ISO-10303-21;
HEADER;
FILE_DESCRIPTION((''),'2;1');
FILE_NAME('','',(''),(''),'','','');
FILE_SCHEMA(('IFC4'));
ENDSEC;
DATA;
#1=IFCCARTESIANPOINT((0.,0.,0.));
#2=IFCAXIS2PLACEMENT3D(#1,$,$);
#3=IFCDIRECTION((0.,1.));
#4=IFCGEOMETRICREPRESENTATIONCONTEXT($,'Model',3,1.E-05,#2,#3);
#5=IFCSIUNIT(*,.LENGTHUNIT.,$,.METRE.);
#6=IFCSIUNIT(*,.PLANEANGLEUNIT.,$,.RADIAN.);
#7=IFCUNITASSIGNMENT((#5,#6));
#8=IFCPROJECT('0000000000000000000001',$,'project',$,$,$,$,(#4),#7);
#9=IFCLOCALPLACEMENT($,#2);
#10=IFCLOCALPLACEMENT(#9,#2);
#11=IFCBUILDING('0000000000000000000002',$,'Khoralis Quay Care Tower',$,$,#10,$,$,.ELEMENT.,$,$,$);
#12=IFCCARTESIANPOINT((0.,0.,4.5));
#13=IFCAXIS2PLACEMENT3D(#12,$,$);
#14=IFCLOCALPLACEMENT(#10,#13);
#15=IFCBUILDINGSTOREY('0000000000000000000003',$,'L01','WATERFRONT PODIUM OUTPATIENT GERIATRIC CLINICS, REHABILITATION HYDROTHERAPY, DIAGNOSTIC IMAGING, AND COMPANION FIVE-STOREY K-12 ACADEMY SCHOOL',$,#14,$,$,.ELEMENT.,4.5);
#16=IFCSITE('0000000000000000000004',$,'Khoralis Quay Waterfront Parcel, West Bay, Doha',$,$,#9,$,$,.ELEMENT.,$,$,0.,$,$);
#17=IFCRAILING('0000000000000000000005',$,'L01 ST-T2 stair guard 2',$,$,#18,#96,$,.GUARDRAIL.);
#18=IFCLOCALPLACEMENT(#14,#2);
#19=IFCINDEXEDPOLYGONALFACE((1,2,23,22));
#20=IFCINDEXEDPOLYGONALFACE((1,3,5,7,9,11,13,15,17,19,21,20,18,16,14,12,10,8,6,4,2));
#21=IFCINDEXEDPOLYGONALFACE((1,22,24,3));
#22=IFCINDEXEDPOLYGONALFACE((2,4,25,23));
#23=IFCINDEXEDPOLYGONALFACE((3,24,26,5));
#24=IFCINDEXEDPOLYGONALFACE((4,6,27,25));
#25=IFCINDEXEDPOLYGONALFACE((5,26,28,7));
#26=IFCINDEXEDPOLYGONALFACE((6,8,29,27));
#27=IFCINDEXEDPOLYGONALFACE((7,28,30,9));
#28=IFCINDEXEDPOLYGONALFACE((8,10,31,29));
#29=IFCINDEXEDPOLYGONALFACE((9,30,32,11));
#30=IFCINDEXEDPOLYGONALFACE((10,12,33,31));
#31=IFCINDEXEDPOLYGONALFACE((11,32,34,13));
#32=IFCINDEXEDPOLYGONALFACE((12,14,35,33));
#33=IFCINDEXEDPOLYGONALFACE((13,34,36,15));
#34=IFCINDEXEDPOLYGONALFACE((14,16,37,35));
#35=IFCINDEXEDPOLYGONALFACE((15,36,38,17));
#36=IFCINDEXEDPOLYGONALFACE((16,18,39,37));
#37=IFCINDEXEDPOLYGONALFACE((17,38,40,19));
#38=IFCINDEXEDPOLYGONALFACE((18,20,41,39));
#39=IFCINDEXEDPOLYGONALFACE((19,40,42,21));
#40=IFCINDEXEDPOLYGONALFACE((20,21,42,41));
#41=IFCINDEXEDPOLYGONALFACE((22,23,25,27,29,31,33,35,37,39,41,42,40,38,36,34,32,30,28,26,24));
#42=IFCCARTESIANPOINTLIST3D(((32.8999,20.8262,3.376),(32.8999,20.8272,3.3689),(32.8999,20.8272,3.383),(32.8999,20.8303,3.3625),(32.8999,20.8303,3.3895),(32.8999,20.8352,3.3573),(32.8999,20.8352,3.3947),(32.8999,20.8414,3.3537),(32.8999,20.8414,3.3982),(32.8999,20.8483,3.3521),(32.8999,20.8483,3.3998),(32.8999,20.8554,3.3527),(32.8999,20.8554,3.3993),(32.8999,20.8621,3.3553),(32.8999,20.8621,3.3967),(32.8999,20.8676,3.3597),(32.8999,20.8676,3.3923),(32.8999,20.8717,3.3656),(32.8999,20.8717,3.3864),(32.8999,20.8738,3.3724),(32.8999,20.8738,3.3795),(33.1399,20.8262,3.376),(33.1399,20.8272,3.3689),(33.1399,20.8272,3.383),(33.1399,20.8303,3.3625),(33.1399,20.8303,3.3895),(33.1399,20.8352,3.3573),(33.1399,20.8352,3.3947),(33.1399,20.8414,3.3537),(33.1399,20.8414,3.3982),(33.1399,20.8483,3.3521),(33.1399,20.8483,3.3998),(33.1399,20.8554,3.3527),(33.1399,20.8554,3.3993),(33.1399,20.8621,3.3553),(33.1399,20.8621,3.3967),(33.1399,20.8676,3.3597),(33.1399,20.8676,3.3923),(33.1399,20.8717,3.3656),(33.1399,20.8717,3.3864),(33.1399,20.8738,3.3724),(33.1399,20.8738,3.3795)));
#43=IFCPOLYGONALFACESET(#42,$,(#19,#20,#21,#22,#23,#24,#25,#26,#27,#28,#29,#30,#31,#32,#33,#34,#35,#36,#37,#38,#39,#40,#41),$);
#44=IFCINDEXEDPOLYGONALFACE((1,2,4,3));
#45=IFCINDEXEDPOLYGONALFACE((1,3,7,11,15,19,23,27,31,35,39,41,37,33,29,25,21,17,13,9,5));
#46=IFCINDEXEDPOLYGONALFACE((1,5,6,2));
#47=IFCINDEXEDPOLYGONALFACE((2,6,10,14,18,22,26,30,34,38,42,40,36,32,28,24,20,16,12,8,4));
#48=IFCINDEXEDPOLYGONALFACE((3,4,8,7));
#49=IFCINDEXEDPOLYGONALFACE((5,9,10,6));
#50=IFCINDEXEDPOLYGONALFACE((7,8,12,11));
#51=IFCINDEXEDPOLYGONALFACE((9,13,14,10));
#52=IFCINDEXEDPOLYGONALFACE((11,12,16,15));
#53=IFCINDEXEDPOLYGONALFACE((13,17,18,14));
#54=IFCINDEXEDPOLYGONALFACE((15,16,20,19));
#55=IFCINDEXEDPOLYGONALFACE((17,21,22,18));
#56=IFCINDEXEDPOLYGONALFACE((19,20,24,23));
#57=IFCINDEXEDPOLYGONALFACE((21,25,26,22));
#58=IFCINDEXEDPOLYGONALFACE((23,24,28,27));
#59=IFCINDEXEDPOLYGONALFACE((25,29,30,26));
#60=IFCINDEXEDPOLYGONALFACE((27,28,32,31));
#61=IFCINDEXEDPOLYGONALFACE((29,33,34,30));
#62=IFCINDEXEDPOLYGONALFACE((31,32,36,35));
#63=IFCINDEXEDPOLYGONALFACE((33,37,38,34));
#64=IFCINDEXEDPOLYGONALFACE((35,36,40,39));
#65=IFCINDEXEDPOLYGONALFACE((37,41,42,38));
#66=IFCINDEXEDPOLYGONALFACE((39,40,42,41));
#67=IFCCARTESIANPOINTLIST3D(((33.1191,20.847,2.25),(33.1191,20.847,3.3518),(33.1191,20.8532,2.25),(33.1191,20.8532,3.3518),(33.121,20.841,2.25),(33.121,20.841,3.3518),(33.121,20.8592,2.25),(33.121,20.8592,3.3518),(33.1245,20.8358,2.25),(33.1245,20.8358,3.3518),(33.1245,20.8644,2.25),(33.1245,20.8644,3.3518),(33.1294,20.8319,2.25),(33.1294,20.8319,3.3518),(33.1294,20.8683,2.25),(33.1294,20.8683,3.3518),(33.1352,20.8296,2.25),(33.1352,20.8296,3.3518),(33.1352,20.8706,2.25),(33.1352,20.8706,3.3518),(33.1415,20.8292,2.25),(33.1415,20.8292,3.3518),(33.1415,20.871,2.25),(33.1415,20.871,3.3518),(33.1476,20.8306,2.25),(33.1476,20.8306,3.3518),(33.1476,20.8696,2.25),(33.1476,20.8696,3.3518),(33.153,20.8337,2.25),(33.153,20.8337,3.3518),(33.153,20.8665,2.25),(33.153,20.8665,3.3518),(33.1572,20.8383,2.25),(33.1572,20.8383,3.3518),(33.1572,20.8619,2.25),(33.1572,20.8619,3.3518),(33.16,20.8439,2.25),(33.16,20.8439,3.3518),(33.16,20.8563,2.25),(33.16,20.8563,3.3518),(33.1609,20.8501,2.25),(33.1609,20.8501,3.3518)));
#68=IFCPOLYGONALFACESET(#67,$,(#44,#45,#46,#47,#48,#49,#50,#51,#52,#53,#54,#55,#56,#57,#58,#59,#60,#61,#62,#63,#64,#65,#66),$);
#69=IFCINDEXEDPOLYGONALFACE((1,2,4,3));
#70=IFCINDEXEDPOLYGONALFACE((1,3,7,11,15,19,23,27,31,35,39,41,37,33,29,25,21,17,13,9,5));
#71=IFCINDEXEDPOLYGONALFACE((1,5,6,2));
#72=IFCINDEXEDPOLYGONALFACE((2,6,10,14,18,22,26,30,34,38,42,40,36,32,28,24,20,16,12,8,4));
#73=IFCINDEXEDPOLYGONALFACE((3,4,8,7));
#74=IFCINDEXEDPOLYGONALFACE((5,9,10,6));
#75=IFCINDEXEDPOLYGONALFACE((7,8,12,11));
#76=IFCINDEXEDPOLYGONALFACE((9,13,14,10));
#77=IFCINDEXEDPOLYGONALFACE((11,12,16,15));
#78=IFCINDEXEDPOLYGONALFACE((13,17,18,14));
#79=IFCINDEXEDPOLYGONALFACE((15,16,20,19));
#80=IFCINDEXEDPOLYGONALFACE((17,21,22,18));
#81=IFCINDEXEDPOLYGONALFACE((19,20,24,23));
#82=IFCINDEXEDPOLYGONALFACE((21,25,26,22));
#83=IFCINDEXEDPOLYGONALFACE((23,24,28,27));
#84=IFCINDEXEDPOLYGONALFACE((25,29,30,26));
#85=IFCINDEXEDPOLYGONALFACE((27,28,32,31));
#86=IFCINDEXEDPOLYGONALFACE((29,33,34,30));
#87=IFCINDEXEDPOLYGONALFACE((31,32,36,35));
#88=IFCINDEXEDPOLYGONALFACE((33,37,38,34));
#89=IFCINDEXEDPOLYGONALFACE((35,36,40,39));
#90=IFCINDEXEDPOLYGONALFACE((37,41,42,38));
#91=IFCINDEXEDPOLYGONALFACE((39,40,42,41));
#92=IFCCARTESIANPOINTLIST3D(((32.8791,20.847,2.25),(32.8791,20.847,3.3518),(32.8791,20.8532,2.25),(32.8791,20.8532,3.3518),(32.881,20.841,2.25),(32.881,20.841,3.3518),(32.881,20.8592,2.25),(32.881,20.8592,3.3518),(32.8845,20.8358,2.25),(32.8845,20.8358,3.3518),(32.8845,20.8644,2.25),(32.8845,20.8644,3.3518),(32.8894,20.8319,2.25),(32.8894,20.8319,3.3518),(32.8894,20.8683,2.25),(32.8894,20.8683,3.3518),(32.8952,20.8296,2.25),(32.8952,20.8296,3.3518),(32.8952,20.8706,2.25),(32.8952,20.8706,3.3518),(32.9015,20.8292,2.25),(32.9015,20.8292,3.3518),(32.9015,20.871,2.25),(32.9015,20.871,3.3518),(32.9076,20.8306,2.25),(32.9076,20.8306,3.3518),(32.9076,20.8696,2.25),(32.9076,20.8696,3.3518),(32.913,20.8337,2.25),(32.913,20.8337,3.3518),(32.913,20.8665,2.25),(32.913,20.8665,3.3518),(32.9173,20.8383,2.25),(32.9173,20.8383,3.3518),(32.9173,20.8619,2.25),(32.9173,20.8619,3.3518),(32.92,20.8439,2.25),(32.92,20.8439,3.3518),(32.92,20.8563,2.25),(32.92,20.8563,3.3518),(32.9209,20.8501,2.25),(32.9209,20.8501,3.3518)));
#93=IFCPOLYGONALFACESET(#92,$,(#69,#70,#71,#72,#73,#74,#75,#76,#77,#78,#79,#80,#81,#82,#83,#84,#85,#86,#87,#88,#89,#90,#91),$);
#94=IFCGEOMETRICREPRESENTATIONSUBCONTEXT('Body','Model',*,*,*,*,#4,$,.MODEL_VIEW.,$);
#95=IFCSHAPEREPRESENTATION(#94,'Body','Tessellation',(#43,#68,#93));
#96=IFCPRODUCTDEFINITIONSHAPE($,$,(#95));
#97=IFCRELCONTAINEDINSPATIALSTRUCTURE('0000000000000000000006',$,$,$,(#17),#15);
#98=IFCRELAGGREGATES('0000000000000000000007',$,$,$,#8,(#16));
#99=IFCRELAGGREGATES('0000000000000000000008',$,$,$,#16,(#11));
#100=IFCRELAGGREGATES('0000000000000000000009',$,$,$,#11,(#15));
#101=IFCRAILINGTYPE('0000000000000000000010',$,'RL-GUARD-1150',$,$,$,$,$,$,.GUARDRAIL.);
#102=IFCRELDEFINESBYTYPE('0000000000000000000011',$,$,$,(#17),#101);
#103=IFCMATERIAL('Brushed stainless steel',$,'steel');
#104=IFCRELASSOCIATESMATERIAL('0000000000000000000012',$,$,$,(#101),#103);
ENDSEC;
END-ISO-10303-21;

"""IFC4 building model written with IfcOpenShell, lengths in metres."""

from ifc_helpers import new_model, si_unit, direction, frame, origin, origin_2d, place, context, subcontext, project, spatial, circle, extrude, material, type_object, element, save


model = new_model("IFC4")

# Units and contexts
model_context = context("Model", 3, precision=1e-05, world=origin(), true_north=direction((0.0, 1.0)))
body_context = subcontext(model_context, "Body", "Model", "MODEL_VIEW")
ifc_project = project(units=[si_unit("LENGTHUNIT", "METRE"), si_unit("PLANEANGLEUNIT", "RADIAN")], contexts=[model_context])

# Site, building, storey
site_placement = place(None, origin())
site = spatial("IfcSite", under=ifc_project, at=site_placement, Name="Khoralis Quay Waterfront Parcel, West Bay, Doha", CompositionType="ELEMENT", RefElevation=0.0)
building_placement = place(site_placement, origin())
building = spatial("IfcBuilding", under=site, at=building_placement, Name="Khoralis Quay Care Tower", CompositionType="ELEMENT")
storey_placement = place(building_placement, frame((0.0, 0.0, 4.5)))
storey = spatial("IfcBuildingStorey", under=building, at=storey_placement, Name="L01", Description="WATERFRONT PODIUM OUTPATIENT GERIATRIC CLINICS, REHABILITATION HYDROTHERAPY, DIAGNOSTIC IMAGING, AND COMPANION FIVE-STOREY K-12 ACADEMY SCHOOL", CompositionType="ELEMENT", Elevation=4.5)

# Shared definitions
ifc_material_1 = material(Name="Brushed stainless steel", Category="steel")

# Railing
railing_type_1 = type_object("IfcRailingType", Name="RL-GUARD-1150", PredefinedType="GUARDRAIL", material=ifc_material_1)
railing_1_placement = place(storey_placement, frame((33.1399, 20.8501, 2.25)))
element("IfcRailing", 1, at=railing_1_placement, inside=storey, type_object=railing_type_1, Name="L01 ST-T2 stair guard 2", PredefinedType="GUARDRAIL", context=body_context, shape_type="SweptSolid", body=[
    extrude(circle(Radius=0.0239, at=origin_2d()), frame((0.0, 0.0, 1.126), z_axis=(-1.0, 0.0, 0.0), x_axis=(0.0, -1.0, 0.0)), (0.0, 0.0, 1.0), 0.24),
    extrude(circle(Radius=0.021, at=origin_2d()), origin(), (0.0, 0.0, 1.0), 1.1018),
    extrude(circle(Radius=0.021, at=origin_2d()), frame((-0.24, 0.0, 0.0)), (0.0, 0.0, 1.0), 1.1018),
])

save(model, "model.ifc")
